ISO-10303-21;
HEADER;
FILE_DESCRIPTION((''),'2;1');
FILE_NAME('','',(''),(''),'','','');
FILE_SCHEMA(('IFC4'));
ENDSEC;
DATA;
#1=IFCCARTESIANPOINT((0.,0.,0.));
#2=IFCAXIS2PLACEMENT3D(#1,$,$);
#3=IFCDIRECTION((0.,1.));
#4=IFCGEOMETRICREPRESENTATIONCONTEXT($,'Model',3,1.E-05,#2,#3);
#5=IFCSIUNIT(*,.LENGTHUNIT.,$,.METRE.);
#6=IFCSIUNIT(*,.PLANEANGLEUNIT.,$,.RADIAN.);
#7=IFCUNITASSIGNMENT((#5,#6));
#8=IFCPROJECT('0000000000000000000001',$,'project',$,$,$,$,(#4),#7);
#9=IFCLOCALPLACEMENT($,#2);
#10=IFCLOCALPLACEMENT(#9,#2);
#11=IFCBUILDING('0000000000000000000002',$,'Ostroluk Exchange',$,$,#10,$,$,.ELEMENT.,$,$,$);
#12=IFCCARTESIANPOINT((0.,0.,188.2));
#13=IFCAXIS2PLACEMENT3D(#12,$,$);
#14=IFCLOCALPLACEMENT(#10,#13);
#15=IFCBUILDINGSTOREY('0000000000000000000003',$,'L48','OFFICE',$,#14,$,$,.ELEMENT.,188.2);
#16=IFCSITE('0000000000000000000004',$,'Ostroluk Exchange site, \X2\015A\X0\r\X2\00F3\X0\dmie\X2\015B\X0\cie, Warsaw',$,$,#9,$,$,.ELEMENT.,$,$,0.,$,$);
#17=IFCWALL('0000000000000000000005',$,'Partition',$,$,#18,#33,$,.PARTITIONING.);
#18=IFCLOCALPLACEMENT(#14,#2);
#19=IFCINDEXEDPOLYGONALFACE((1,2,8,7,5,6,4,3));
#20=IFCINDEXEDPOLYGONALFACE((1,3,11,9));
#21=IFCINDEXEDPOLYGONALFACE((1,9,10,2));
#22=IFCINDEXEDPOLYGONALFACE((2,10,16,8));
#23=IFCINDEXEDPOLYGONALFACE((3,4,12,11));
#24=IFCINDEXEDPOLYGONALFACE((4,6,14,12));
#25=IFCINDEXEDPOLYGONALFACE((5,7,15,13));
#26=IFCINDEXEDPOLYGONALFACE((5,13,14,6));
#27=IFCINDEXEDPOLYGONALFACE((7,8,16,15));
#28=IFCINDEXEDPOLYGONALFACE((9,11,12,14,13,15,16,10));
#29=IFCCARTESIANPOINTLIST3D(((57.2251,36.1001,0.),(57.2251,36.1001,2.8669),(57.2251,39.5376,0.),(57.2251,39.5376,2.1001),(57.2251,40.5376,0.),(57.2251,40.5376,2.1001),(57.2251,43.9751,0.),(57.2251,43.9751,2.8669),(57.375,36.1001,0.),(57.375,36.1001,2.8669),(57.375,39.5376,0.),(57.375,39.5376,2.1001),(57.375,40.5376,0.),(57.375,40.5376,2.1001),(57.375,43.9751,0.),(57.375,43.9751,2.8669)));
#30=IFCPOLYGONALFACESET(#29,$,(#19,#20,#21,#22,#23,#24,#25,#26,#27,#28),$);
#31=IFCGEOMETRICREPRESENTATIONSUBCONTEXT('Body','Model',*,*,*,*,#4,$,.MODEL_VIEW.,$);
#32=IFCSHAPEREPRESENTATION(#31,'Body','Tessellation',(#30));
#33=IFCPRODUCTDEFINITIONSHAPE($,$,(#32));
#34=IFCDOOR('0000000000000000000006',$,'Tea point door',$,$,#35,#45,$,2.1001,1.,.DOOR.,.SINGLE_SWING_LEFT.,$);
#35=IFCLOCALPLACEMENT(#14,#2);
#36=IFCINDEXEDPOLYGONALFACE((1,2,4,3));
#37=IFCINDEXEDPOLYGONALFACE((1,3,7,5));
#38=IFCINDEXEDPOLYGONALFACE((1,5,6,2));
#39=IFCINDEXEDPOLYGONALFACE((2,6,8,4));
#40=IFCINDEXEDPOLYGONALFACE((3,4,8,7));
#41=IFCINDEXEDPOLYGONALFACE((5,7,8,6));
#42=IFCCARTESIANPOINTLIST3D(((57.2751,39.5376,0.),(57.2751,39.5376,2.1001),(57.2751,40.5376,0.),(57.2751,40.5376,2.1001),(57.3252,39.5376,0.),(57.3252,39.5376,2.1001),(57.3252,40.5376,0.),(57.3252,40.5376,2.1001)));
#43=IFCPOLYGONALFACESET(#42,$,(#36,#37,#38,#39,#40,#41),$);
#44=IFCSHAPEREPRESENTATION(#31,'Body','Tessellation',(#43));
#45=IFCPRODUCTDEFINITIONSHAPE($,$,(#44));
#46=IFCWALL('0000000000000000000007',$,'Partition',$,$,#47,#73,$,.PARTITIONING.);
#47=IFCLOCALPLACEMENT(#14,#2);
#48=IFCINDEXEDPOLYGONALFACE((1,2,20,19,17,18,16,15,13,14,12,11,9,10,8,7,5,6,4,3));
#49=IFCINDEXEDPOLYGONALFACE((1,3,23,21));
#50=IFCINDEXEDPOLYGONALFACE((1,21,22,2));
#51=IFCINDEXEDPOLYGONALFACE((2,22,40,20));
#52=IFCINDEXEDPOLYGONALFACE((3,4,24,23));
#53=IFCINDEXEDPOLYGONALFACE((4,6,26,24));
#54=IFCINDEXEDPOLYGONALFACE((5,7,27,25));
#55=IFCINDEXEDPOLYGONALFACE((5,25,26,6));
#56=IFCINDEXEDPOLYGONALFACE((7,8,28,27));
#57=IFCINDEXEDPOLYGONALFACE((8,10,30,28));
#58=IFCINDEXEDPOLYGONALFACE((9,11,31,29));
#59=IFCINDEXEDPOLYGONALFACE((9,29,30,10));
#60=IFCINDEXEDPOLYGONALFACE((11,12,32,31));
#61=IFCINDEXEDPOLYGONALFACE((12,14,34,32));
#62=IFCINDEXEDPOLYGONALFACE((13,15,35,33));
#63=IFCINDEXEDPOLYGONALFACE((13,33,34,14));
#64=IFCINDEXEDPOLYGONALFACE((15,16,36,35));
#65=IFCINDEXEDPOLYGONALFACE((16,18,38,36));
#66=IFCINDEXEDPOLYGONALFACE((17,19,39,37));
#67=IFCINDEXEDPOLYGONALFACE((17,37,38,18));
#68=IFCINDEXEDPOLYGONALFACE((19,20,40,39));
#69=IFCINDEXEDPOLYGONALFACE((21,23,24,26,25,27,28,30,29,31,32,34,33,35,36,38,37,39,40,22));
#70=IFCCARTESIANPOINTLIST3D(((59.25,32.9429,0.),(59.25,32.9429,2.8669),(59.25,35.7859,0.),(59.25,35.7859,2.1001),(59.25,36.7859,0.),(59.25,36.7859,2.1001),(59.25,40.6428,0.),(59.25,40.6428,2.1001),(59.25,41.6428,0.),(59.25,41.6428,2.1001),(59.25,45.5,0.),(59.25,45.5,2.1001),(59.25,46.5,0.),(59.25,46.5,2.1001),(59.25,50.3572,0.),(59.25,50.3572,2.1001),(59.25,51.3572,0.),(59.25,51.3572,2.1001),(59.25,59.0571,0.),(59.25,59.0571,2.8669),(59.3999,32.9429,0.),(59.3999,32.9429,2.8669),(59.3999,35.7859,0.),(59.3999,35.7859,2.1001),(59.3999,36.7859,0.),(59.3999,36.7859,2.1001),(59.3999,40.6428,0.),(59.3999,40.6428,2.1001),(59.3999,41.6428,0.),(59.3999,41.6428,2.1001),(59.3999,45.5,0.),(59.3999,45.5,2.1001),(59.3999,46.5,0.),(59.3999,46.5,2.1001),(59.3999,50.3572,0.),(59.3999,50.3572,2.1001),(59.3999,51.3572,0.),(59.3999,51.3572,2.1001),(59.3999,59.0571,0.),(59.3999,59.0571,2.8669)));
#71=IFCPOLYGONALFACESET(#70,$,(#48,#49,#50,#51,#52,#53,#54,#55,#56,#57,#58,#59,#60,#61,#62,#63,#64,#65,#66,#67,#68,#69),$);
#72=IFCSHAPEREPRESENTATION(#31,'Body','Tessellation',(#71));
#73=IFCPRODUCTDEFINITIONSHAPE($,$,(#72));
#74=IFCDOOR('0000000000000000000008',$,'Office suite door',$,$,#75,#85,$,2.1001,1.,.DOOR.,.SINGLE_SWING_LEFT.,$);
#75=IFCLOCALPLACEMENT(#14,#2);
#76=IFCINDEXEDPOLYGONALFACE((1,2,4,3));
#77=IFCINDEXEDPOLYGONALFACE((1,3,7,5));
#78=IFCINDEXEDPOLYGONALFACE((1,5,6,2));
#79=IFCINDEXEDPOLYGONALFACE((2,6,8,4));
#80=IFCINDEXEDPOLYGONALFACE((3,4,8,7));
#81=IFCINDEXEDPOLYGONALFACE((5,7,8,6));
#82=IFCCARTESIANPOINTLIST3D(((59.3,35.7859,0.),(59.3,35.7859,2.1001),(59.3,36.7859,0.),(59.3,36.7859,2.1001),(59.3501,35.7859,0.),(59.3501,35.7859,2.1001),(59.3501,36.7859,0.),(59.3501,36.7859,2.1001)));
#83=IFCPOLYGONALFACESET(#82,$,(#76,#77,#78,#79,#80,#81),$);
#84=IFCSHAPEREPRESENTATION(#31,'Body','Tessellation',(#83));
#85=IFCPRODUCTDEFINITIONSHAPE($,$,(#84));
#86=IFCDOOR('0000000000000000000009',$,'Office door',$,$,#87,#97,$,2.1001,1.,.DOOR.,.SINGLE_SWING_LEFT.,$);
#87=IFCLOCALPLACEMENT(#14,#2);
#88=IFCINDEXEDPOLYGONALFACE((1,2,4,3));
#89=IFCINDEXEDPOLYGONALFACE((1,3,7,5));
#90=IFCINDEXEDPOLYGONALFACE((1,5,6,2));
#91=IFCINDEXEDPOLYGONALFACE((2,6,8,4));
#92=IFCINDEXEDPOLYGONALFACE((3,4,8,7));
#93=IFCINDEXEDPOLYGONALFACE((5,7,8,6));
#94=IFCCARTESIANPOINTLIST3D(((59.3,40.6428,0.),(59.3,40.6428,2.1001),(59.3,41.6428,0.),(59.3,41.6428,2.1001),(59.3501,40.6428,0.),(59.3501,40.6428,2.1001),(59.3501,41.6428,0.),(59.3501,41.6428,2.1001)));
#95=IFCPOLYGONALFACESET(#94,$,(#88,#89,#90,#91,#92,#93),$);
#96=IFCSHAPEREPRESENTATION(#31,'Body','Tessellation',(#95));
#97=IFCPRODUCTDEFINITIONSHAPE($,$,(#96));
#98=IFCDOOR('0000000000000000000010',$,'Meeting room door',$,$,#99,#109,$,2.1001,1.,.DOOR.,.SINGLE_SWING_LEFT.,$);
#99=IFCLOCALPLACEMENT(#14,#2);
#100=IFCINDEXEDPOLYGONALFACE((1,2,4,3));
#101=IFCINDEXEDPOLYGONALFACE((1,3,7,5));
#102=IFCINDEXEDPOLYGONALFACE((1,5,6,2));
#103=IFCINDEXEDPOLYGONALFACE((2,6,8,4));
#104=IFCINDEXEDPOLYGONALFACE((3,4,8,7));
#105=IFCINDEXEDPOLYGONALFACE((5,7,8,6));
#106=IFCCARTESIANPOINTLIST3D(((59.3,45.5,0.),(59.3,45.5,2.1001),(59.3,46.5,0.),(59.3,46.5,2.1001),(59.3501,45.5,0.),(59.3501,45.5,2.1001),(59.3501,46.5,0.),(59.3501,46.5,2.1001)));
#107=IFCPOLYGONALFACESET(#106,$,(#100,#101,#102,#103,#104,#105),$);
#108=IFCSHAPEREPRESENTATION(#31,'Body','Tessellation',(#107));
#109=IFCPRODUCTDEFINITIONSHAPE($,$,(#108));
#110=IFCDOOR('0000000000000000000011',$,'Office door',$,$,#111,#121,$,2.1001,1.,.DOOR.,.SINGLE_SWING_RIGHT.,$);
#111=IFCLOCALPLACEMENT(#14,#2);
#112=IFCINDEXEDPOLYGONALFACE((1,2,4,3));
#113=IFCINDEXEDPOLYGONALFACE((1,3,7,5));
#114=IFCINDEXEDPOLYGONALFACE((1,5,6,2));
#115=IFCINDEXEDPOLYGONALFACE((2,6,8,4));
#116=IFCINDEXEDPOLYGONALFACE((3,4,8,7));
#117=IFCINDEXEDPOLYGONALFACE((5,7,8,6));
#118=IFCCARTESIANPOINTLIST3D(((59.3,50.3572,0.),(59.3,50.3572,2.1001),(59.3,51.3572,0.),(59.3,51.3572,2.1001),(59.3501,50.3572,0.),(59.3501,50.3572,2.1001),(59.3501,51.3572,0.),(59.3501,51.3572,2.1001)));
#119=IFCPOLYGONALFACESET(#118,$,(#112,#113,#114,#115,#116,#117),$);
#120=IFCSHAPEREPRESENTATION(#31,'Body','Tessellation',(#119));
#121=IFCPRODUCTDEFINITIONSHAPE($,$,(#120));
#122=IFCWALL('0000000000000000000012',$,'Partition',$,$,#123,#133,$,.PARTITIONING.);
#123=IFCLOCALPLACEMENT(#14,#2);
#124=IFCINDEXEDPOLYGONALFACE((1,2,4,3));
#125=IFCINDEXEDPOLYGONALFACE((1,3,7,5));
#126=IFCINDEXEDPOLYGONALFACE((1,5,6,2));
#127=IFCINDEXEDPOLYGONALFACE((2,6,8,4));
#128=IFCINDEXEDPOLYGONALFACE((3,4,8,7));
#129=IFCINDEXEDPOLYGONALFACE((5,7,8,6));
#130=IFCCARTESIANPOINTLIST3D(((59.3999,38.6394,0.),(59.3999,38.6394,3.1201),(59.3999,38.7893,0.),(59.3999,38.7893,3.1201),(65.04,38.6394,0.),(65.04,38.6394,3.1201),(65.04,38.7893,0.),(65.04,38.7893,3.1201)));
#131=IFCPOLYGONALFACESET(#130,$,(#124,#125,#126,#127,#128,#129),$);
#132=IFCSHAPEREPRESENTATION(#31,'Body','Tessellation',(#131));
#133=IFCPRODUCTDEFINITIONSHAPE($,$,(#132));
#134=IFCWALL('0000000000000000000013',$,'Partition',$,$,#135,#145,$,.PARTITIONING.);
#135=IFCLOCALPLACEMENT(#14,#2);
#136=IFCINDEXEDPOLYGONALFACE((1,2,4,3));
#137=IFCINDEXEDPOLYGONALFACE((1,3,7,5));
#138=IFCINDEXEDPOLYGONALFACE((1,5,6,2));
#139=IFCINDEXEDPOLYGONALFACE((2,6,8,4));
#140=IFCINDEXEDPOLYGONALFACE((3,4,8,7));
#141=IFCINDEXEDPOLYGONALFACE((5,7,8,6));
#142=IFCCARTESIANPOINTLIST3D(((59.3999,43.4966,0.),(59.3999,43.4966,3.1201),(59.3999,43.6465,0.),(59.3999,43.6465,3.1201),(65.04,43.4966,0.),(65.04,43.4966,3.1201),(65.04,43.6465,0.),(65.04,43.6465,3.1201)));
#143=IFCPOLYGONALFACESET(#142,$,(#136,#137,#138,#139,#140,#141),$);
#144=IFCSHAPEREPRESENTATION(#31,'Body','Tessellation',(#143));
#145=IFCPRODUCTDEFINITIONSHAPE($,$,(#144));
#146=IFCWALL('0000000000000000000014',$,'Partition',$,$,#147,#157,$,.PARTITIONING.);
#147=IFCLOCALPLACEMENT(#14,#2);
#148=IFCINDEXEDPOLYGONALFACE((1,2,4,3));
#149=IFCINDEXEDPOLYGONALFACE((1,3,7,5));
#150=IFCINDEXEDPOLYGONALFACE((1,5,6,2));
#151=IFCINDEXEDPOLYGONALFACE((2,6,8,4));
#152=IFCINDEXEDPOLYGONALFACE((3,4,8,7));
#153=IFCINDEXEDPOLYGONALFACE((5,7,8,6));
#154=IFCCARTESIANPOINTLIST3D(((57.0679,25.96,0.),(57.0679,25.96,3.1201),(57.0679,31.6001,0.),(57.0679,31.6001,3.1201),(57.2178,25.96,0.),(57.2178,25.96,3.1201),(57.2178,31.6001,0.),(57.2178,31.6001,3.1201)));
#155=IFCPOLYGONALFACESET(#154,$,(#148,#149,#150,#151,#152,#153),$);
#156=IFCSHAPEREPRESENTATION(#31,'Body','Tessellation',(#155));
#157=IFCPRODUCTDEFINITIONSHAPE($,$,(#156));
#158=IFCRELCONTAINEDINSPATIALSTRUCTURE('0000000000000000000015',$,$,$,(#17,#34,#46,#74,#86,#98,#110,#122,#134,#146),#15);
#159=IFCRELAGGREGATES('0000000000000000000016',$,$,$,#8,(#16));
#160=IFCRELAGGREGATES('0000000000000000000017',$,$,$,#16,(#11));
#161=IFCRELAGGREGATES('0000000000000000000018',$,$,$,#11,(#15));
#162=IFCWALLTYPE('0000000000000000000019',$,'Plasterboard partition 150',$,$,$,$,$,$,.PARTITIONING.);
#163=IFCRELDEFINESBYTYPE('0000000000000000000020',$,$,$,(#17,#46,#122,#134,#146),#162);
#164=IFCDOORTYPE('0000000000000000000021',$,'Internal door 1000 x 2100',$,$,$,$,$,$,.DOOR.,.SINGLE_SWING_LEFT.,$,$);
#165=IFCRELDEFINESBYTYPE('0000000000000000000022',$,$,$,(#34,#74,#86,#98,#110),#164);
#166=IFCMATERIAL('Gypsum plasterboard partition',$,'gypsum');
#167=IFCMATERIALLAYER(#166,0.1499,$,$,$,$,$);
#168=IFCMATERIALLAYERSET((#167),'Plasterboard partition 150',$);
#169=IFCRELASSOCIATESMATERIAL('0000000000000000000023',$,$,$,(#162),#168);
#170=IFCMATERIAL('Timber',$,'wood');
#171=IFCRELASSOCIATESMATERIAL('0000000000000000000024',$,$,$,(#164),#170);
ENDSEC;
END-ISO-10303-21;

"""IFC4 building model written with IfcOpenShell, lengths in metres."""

from ifc_helpers import new_model, si_unit, direction, frame, frame_2d, origin, place, context, subcontext, project, spatial, rectangle, extrude, material, layer, layer_set, type_object, element, fill, save


model = new_model("IFC4")

# Units and contexts
model_context = context("Model", 3, precision=1e-05, world=origin(), true_north=direction((0.0, 1.0)))
body_context = subcontext(model_context, "Body", "Model", "MODEL_VIEW")
ifc_project = project(units=[si_unit("LENGTHUNIT", "METRE"), si_unit("PLANEANGLEUNIT", "RADIAN")], contexts=[model_context])

# Site, building, storey
site_placement = place(None, origin())
site = spatial("IfcSite", under=ifc_project, at=site_placement, Name="Ostroluk Exchange site, Śródmieście, Warsaw", CompositionType="ELEMENT", RefElevation=0.0)
building_placement = place(site_placement, origin())
building = spatial("IfcBuilding", under=site, at=building_placement, Name="Ostroluk Exchange", CompositionType="ELEMENT")
storey_placement = place(building_placement, frame((0.0, 0.0, 188.2)))
storey = spatial("IfcBuildingStorey", under=building, at=storey_placement, Name="L48", Description="OFFICE", CompositionType="ELEMENT", Elevation=188.2)

# Wall, opening, door
ifc_material_1 = material(Name="Gypsum plasterboard partition", Category="gypsum")
ifc_layer_1 = layer(ifc_material_1, 0.1499)
ifc_layer_set_1 = layer_set([ifc_layer_1], Name="Plasterboard partition 150")
wall_type = type_object("IfcWallType", Name="Plasterboard partition 150", PredefinedType="PARTITIONING", material=ifc_layer_set_1)
wall_1_placement = place(storey_placement, frame((57.3, 36.1001, 0.0), z_axis=(0.0, 0.0, 1.0), x_axis=(0.0, 1.0, 0.0)))
wall_1 = element("IfcWall", 1, at=wall_1_placement, inside=storey, type_object=wall_type, Name="Partition", PredefinedType="PARTITIONING", context=body_context, shape_type="SweptSolid", body=[
    extrude(rectangle(XDim=7.875, YDim=0.1499, at=frame_2d((3.9375, 0.0))), origin(), (0.0, 0.0, 1.0), 2.8669),
])
opening_1_placement = place(wall_1_placement, frame((3.4375, 0.0, 0.0)))
opening_1 = element("IfcOpeningElement", 2, at=opening_1_placement, cuts=wall_1, PredefinedType="OPENING", context=body_context, shape_type="SweptSolid", body=[
    extrude(rectangle(XDim=1.0, YDim=2.1001, at=frame_2d((0.5, 1.05))), frame((0.0, 0.085, 0.0), z_axis=(0.0, -1.0, 0.0), x_axis=(1.0, 0.0, 0.0)), (0.0, 0.0, 1.0), 0.1699),
])
ifc_material_2 = material(Name="Timber", Category="wood")
door_type = type_object("IfcDoorType", Name="Internal door 1000 x 2100", OperationType="SINGLE_SWING_LEFT", PredefinedType="DOOR", material=ifc_material_2)
door_1_placement = place(opening_1_placement, origin())
door_1 = element("IfcDoor", 3, at=door_1_placement, inside=storey, type_object=door_type, Name="Tea point door", OperationType="SINGLE_SWING_LEFT", OverallHeight=2.1001, OverallWidth=1.0, PredefinedType="DOOR", context=body_context, shape_type="SweptSolid", body=[
    extrude(rectangle(XDim=1.0, YDim=2.1001, at=frame_2d((0.5, 1.05))), frame((0.0, 0.0249, 0.0), z_axis=(0.0, -1.0, 0.0), x_axis=(1.0, 0.0, 0.0)), (0.0, 0.0, 1.0), 0.05),
])
fill(opening_1, door_1)

# Wall, openings, doors
wall_2_placement = place(storey_placement, frame((59.325, 32.9429, 0.0), z_axis=(0.0, 0.0, 1.0), x_axis=(0.0, 1.0, 0.0)))
wall_2 = element("IfcWall", 4, at=wall_2_placement, inside=storey, type_object=wall_type, Name="Partition", PredefinedType="PARTITIONING", context=body_context, shape_type="SweptSolid", body=[
    extrude(rectangle(XDim=26.1143, YDim=0.1499, at=frame_2d((13.0571, 0.0))), origin(), (0.0, 0.0, 1.0), 2.8669),
])
opening_2_placement = place(wall_2_placement, frame((2.843, 0.0, 0.0)))
opening_2 = element("IfcOpeningElement", 5, at=opening_2_placement, cuts=wall_2, PredefinedType="OPENING", context=body_context, shape_type="SweptSolid", body=[
    extrude(rectangle(XDim=1.0, YDim=2.1001, at=frame_2d((0.5, 1.05))), frame((0.0, 0.085, 0.0), z_axis=(0.0, -1.0, 0.0), x_axis=(1.0, 0.0, 0.0)), (0.0, 0.0, 1.0), 0.1699),
])
opening_3_placement = place(wall_2_placement, frame((7.7, 0.0, 0.0)))
opening_3 = element("IfcOpeningElement", 6, at=opening_3_placement, cuts=wall_2, PredefinedType="OPENING", context=body_context, shape_type="SweptSolid", body=[
    extrude(rectangle(XDim=1.0, YDim=2.1001, at=frame_2d((0.5, 1.05))), frame((0.0, 0.085, 0.0), z_axis=(0.0, -1.0, 0.0), x_axis=(1.0, 0.0, 0.0)), (0.0, 0.0, 1.0), 0.1699),
])
opening_4_placement = place(wall_2_placement, frame((12.5571, 0.0, 0.0)))
opening_4 = element("IfcOpeningElement", 7, at=opening_4_placement, cuts=wall_2, PredefinedType="OPENING", context=body_context, shape_type="SweptSolid", body=[
    extrude(rectangle(XDim=1.0, YDim=2.1001, at=frame_2d((0.5, 1.05))), frame((0.0, 0.085, 0.0), z_axis=(0.0, -1.0, 0.0), x_axis=(1.0, 0.0, 0.0)), (0.0, 0.0, 1.0), 0.1699),
])
opening_5_placement = place(wall_2_placement, frame((17.4143, 0.0, 0.0)))
opening_5 = element("IfcOpeningElement", 8, at=opening_5_placement, cuts=wall_2, PredefinedType="OPENING", context=body_context, shape_type="SweptSolid", body=[
    extrude(rectangle(XDim=1.0, YDim=2.1001, at=frame_2d((0.5, 1.05))), frame((0.0, 0.085, 0.0), z_axis=(0.0, -1.0, 0.0), x_axis=(1.0, 0.0, 0.0)), (0.0, 0.0, 1.0), 0.1699),
])
door_2_placement = place(opening_2_placement, origin())
door_2 = element("IfcDoor", 9, at=door_2_placement, inside=storey, type_object=door_type, Name="Office suite door", OperationType="SINGLE_SWING_LEFT", OverallHeight=2.1001, OverallWidth=1.0, PredefinedType="DOOR", context=body_context, shape_type="SweptSolid", body=[
    extrude(rectangle(XDim=1.0, YDim=2.1001, at=frame_2d((0.5, 1.05))), frame((0.0, 0.0249, 0.0), z_axis=(0.0, -1.0, 0.0), x_axis=(1.0, 0.0, 0.0)), (0.0, 0.0, 1.0), 0.05),
])
fill(opening_2, door_2)
door_3_placement = place(opening_3_placement, origin())
door_3 = element("IfcDoor", 10, at=door_3_placement, inside=storey, type_object=door_type, Name="Office door", OperationType="SINGLE_SWING_LEFT", OverallHeight=2.1001, OverallWidth=1.0, PredefinedType="DOOR", context=body_context, shape_type="SweptSolid", body=[
    extrude(rectangle(XDim=1.0, YDim=2.1001, at=frame_2d((0.5, 1.05))), frame((0.0, 0.0249, 0.0), z_axis=(0.0, -1.0, 0.0), x_axis=(1.0, 0.0, 0.0)), (0.0, 0.0, 1.0), 0.05),
])
fill(opening_3, door_3)
door_4_placement = place(opening_4_placement, origin())
door_4 = element("IfcDoor", 11, at=door_4_placement, inside=storey, type_object=door_type, Name="Meeting room door", OperationType="SINGLE_SWING_LEFT", OverallHeight=2.1001, OverallWidth=1.0, PredefinedType="DOOR", context=body_context, shape_type="SweptSolid", body=[
    extrude(rectangle(XDim=1.0, YDim=2.1001, at=frame_2d((0.5, 1.05))), frame((0.0, 0.0249, 0.0), z_axis=(0.0, -1.0, 0.0), x_axis=(1.0, 0.0, 0.0)), (0.0, 0.0, 1.0), 0.05),
])
fill(opening_4, door_4)
door_5_placement = place(opening_5_placement, origin())
door_5 = element("IfcDoor", 12, at=door_5_placement, inside=storey, type_object=door_type, Name="Office door", OperationType="SINGLE_SWING_RIGHT", OverallHeight=2.1001, OverallWidth=1.0, PredefinedType="DOOR", context=body_context, shape_type="SweptSolid", body=[
    extrude(rectangle(XDim=1.0, YDim=2.1001, at=frame_2d((0.5, 1.05))), frame((0.0, 0.0249, 0.0), z_axis=(0.0, -1.0, 0.0), x_axis=(1.0, 0.0, 0.0)), (0.0, 0.0, 1.0), 0.05),
])
fill(opening_5, door_5)

# Walls
for number, where, z_axis, x_axis, name in (
    (13, (59.3999, 38.7144, 0.0), (0.0, 0.0, 1.0), (1.0, 0.0, 0.0), "Partition"),
    (14, (59.3999, 43.5715, 0.0), (0.0, 0.0, 1.0), (1.0, 0.0, 0.0), "Partition"),
    (15, (57.1428, 31.6001, 0.0), (0.0, 0.0, 1.0), (0.0, -1.0, 0.0), "Partition"),
):
    element("IfcWall", number, at=place(storey_placement, frame(where, z_axis=z_axis, x_axis=x_axis)), inside=storey, type_object=wall_type, Name=name, PredefinedType="PARTITIONING", context=body_context, shape_type="SweptSolid", body=[
        extrude(rectangle(XDim=5.6401, YDim=0.1499, at=frame_2d((2.8201, 0.0))), origin(), (0.0, 0.0, 1.0), 3.1201),
    ])

save(model, "model.ifc")
